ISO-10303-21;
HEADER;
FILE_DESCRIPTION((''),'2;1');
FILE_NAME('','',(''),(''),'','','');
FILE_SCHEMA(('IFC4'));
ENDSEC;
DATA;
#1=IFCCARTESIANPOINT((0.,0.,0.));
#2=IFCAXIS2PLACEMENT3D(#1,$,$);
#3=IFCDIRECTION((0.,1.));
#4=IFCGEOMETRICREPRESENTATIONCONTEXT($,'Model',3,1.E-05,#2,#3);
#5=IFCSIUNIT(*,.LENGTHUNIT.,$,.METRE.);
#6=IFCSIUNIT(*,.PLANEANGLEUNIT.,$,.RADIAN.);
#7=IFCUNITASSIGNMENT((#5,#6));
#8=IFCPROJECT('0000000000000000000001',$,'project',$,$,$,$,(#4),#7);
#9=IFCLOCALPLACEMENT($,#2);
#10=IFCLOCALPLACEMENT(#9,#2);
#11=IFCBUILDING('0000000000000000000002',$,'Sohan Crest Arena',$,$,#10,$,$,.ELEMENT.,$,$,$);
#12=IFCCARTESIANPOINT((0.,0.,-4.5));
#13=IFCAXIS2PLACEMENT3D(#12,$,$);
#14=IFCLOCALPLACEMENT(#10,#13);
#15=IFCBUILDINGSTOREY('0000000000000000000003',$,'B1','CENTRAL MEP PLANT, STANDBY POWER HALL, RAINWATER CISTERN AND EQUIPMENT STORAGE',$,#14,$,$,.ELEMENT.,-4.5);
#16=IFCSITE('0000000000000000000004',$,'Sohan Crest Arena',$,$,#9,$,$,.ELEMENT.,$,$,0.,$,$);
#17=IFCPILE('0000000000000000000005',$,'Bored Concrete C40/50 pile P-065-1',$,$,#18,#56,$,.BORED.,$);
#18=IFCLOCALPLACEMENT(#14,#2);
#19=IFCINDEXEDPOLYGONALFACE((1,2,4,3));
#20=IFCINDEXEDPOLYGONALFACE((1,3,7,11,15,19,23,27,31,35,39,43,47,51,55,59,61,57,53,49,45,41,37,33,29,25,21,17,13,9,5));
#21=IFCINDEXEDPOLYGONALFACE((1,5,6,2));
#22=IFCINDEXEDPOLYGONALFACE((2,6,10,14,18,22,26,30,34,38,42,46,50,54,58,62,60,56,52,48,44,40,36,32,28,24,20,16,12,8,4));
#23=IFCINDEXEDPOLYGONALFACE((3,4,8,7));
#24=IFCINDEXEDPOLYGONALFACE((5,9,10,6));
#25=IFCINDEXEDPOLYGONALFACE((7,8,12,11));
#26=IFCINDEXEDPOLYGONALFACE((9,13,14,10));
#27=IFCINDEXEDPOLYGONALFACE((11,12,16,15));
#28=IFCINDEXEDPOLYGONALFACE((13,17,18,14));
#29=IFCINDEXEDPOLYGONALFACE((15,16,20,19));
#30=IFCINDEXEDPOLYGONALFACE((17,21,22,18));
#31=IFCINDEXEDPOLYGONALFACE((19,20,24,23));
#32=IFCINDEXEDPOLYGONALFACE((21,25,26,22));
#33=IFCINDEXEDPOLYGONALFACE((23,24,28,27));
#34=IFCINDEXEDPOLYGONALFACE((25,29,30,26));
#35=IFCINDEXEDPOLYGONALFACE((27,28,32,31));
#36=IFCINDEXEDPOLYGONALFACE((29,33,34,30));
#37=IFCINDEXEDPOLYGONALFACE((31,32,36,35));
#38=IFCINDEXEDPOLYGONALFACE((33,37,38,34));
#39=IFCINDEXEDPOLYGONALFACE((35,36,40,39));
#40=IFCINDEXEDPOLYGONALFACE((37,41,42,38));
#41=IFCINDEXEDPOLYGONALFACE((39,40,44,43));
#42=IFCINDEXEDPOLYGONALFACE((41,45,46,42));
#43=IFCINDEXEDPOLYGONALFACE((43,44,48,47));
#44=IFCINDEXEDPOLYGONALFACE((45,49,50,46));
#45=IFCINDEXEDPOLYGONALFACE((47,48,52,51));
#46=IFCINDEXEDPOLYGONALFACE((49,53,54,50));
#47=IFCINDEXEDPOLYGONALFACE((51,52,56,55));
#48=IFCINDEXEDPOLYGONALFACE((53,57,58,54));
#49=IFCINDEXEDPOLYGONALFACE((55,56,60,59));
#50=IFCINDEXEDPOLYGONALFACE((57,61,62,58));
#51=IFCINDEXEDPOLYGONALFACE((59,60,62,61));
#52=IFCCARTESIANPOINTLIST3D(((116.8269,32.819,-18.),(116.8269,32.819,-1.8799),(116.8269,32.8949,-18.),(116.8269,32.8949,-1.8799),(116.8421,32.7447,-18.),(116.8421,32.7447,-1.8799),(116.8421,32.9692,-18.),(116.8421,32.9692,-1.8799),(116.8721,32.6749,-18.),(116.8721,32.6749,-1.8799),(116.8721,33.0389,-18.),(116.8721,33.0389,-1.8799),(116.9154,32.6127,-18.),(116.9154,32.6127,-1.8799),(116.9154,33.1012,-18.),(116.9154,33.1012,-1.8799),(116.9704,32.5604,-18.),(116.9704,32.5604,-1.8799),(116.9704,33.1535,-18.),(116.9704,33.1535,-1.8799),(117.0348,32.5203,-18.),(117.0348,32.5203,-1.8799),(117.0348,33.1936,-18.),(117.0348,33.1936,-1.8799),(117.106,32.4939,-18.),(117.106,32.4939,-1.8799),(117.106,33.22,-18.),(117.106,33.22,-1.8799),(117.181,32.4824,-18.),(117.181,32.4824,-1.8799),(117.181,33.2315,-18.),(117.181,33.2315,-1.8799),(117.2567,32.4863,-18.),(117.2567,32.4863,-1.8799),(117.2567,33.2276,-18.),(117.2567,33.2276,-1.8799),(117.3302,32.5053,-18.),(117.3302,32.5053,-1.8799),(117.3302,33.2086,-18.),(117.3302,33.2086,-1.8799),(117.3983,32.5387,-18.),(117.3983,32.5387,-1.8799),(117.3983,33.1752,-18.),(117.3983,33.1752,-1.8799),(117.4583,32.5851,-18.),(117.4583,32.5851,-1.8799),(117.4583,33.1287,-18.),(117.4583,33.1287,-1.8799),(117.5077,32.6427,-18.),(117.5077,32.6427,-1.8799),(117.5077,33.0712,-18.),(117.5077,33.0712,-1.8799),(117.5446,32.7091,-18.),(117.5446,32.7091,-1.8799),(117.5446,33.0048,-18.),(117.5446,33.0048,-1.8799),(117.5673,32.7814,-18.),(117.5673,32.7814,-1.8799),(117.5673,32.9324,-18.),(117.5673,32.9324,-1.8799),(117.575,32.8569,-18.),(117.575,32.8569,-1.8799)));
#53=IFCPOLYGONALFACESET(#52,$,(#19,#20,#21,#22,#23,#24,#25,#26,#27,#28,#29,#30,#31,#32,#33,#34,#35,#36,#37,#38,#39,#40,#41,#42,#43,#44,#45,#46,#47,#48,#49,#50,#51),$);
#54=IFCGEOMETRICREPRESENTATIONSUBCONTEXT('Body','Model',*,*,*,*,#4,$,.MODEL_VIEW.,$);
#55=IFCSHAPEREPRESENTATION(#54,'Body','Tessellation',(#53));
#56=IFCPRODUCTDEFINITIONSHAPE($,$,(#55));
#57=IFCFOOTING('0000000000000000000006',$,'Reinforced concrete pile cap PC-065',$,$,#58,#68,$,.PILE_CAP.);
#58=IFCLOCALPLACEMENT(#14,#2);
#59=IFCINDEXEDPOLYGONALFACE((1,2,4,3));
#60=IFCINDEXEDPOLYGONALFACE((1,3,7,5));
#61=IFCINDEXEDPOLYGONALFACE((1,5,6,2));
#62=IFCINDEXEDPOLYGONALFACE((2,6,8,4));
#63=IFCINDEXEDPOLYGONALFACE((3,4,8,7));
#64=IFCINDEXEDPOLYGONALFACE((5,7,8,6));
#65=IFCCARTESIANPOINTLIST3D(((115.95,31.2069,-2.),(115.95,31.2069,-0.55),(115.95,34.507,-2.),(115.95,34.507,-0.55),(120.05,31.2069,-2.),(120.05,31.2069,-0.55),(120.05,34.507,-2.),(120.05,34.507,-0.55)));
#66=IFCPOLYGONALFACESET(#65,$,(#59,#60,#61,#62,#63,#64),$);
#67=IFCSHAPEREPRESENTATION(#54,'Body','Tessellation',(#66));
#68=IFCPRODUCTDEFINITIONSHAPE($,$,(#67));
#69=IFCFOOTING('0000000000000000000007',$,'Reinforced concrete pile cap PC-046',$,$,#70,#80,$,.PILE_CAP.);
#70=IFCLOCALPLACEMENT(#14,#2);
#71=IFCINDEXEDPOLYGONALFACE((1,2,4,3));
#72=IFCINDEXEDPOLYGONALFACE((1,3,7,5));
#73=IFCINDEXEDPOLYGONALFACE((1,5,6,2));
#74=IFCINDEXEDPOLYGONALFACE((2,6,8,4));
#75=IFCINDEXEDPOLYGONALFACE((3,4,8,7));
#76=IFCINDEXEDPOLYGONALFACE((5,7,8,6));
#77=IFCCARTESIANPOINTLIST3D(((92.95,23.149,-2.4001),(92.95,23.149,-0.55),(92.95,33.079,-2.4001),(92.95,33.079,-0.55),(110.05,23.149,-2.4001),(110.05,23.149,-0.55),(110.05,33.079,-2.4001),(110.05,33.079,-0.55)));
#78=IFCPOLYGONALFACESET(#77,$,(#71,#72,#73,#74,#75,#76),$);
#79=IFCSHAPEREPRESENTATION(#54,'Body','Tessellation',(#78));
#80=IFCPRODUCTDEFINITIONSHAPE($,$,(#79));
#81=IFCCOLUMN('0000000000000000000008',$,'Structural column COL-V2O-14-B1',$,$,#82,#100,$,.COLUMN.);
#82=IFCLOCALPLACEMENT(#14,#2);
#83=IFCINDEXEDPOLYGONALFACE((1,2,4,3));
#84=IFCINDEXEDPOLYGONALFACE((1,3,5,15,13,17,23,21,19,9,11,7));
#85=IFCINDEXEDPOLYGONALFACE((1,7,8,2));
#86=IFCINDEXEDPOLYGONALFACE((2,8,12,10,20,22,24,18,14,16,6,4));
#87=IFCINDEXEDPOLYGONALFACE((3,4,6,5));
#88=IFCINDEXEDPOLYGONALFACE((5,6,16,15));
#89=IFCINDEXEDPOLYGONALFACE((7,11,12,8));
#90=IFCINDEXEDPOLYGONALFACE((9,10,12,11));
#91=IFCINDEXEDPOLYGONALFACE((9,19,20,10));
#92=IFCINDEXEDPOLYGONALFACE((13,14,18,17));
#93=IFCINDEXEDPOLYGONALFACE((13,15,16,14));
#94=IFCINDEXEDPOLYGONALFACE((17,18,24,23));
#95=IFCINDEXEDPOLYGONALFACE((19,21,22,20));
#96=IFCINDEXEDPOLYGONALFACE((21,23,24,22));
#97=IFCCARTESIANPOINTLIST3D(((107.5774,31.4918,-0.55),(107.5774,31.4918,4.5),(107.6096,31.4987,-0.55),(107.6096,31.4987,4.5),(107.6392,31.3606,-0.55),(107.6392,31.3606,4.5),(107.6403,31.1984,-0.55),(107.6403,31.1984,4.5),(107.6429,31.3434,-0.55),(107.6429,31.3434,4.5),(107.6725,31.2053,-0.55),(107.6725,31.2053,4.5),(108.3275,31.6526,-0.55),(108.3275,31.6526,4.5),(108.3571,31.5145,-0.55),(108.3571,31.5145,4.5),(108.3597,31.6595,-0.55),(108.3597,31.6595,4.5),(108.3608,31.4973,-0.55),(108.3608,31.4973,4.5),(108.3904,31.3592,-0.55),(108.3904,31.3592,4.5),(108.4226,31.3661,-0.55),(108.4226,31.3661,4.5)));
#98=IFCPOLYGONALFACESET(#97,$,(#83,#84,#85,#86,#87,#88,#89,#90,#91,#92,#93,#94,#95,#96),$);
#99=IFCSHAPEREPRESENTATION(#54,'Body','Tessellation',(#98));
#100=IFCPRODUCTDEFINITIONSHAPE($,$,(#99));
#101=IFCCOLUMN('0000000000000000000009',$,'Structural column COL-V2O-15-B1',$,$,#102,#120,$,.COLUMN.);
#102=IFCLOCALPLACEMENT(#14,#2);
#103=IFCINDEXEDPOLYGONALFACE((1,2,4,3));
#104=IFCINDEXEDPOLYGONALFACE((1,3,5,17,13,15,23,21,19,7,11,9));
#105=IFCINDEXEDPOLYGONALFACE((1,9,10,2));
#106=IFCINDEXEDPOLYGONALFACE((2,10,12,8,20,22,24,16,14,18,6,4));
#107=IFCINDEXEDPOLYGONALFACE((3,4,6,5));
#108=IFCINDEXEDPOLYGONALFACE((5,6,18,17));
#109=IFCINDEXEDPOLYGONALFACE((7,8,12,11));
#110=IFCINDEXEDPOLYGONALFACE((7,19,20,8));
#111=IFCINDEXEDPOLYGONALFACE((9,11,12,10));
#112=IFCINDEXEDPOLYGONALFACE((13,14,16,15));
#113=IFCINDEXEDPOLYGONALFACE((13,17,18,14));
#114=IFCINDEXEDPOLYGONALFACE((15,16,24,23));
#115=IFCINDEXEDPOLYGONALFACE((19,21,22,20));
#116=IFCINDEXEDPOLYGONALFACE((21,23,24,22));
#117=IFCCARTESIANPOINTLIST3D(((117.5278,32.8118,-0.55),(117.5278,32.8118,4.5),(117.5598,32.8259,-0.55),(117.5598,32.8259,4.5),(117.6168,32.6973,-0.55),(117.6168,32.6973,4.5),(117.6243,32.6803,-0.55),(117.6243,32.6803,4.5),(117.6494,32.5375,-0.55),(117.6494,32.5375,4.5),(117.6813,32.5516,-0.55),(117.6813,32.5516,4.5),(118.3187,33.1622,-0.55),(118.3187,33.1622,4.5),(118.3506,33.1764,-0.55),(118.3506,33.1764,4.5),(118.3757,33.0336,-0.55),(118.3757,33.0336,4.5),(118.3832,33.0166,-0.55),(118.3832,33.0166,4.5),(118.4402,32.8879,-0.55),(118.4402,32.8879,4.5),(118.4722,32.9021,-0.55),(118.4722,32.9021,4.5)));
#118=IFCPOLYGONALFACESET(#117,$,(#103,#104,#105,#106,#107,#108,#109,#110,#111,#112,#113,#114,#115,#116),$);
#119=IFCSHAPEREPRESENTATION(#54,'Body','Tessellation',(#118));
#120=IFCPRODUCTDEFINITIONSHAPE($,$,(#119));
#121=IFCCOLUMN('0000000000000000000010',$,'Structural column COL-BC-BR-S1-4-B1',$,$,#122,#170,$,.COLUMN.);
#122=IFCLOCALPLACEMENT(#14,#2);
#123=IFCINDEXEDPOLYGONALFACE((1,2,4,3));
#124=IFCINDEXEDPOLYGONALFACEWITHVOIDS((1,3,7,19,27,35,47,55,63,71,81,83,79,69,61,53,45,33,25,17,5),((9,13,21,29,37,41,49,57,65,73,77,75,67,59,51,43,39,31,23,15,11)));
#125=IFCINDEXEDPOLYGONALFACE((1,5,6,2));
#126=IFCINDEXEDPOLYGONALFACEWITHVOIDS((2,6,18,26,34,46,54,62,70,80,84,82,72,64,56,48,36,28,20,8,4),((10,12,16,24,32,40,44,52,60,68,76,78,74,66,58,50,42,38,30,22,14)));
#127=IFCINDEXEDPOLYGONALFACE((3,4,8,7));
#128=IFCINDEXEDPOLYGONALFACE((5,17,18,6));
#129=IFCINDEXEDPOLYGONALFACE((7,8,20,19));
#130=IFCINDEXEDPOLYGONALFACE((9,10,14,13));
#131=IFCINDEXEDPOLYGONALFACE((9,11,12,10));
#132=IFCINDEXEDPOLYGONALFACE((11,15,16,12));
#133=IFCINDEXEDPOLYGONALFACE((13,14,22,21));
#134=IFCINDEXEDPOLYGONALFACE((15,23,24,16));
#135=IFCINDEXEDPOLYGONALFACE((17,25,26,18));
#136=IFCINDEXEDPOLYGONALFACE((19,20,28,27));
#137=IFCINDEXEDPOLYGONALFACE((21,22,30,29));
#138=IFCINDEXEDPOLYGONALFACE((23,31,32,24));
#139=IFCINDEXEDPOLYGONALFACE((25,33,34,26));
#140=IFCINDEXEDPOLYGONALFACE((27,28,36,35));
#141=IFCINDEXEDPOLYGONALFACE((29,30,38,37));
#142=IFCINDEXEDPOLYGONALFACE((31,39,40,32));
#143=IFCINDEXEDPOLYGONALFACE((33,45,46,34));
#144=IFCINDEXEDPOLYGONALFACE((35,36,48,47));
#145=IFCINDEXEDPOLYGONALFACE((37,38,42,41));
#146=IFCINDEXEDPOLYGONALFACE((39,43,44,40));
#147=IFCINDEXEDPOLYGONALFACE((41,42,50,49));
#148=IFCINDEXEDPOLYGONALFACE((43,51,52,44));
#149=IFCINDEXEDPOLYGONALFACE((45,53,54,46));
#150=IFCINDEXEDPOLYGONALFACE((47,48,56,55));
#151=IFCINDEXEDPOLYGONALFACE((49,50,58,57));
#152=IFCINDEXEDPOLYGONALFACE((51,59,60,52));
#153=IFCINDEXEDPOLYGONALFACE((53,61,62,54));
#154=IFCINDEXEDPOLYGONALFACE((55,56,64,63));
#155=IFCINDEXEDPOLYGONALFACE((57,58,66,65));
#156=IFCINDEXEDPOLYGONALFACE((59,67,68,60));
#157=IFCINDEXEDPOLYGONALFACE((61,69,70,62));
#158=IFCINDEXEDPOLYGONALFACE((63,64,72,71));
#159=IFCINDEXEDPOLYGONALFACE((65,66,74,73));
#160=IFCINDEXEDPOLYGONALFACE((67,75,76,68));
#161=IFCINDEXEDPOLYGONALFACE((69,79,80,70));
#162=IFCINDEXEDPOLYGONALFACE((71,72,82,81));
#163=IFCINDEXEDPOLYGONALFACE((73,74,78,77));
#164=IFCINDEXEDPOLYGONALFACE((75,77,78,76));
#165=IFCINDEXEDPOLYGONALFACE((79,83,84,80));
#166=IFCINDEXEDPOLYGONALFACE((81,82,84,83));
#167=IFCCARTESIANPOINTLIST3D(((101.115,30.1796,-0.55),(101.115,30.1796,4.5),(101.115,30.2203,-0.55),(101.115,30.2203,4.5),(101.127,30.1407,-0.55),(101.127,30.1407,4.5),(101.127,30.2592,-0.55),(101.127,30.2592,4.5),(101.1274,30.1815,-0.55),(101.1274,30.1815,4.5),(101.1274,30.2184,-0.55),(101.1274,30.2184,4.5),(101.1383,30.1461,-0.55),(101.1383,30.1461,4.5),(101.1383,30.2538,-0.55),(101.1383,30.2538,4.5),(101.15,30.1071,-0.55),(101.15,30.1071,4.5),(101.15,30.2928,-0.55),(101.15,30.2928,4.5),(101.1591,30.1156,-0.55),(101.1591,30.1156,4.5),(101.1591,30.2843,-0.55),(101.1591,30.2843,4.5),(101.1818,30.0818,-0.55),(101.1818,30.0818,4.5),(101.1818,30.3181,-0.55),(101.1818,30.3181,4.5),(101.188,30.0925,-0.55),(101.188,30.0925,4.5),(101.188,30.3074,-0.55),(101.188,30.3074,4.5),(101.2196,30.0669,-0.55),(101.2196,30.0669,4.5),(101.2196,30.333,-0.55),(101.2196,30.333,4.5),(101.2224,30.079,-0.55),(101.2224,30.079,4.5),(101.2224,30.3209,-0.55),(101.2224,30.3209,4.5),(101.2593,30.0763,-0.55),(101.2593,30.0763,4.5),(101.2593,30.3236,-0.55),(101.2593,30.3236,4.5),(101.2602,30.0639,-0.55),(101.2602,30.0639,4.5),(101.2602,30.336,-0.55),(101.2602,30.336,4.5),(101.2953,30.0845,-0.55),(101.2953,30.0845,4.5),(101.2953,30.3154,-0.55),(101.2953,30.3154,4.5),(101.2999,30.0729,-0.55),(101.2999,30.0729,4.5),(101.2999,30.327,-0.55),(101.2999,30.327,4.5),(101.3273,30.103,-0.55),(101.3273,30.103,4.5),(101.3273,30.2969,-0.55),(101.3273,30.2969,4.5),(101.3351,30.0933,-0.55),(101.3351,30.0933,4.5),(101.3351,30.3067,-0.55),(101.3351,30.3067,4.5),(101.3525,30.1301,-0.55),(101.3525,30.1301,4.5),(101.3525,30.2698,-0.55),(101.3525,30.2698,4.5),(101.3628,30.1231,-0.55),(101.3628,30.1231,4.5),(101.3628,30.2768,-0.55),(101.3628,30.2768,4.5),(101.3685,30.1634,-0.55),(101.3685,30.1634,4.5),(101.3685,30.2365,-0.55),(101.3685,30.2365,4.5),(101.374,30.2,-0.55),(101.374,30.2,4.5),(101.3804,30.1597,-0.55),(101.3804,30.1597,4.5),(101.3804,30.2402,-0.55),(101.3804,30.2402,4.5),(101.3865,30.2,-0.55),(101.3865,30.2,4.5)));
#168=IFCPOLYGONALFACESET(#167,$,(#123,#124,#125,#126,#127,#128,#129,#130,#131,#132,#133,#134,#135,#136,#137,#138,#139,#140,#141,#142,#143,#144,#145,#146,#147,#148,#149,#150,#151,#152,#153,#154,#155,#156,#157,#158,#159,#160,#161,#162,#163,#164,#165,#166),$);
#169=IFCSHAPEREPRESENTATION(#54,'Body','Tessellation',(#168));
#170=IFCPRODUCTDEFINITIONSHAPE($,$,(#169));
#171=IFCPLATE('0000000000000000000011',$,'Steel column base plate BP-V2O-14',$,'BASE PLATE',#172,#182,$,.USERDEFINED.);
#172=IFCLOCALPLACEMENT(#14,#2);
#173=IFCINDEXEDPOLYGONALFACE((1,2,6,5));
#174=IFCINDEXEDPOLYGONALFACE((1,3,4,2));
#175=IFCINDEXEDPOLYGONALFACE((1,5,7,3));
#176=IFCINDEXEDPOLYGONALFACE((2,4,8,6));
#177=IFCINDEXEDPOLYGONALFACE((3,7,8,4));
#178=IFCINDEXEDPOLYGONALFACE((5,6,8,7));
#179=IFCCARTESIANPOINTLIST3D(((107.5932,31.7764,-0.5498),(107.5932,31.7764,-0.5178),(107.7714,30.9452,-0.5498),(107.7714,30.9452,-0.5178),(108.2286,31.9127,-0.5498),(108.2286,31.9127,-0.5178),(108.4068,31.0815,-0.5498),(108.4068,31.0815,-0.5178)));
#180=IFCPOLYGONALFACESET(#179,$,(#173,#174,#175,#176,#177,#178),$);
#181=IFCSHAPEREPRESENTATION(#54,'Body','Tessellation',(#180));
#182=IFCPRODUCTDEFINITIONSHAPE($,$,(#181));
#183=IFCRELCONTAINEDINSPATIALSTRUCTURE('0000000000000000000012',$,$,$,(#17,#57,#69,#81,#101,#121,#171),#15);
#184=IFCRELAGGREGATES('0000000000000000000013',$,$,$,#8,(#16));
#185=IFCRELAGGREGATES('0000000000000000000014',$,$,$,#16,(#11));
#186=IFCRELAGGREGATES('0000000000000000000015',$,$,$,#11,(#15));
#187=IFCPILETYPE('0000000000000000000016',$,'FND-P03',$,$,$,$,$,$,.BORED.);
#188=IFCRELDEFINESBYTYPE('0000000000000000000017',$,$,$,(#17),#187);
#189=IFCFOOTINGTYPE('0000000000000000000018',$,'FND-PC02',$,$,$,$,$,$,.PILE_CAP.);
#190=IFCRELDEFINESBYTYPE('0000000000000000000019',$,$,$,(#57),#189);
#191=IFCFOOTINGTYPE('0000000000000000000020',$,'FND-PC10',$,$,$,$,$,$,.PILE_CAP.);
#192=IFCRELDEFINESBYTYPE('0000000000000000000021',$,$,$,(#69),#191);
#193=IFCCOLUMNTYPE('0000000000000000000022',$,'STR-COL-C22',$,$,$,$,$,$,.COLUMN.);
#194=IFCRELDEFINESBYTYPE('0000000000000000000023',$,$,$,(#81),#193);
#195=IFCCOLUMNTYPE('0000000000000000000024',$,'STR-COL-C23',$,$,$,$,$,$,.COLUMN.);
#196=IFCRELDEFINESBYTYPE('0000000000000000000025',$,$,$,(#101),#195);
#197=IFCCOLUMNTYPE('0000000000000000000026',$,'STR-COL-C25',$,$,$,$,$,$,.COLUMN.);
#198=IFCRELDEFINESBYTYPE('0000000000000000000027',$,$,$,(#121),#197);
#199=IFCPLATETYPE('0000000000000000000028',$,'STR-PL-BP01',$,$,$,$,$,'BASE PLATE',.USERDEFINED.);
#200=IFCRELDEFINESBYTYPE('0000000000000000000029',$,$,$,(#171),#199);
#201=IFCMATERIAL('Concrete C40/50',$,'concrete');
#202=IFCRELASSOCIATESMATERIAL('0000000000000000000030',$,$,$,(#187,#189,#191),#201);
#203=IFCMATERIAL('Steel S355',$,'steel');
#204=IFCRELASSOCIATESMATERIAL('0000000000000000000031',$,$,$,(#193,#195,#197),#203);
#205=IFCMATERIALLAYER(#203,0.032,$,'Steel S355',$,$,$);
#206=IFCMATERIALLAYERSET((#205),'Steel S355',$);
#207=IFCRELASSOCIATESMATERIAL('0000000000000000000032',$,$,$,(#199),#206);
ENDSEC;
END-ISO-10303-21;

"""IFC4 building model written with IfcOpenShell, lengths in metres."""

from ifc_helpers import new_model, si_unit, direction, frame, origin, origin_2d, place, context, subcontext, project, spatial, rectangle, circle, hollow_circle, i_section, extrude, material, layer, layer_set, material_profile, profile_set, type_object, element, save


model = new_model("IFC4")

# Units and contexts
model_context = context("Model", 3, precision=1e-05, world=origin(), true_north=direction((0.0, 1.0)))
body_context = subcontext(model_context, "Body", "Model", "MODEL_VIEW")
ifc_project = project(units=[si_unit("LENGTHUNIT", "METRE"), si_unit("PLANEANGLEUNIT", "RADIAN")], contexts=[model_context])

# Site, building, storey
site_placement = place(None, origin())
site = spatial("IfcSite", under=ifc_project, at=site_placement, Name="Sohan Crest Arena", CompositionType="ELEMENT", RefElevation=0.0)
building_placement = place(site_placement, origin())
building = spatial("IfcBuilding", under=site, at=building_placement, Name="Sohan Crest Arena", CompositionType="ELEMENT")
storey_placement = place(building_placement, frame((0.0, 0.0, -4.5)))
storey = spatial("IfcBuildingStorey", under=building, at=storey_placement, Name="B1", Description="CENTRAL MEP PLANT, STANDBY POWER HALL, RAINWATER CISTERN AND EQUIPMENT STORAGE", CompositionType="ELEMENT", Elevation=-4.5)

# Pile
ifc_material_1 = material(Name="Concrete C40/50", Category="concrete")
ifc_material_profile_1 = material_profile(ifc_material_1, circle(Radius=0.375, at=origin_2d()), Name="PILE D750")
ifc_profile_set_1 = profile_set([ifc_material_profile_1], Name="Concrete C40/50")
pile_type_1 = type_object("IfcPileType", Name="FND-P03", PredefinedType="BORED", material=ifc_profile_set_1)
pile_placement = place(storey_placement, frame((117.2, 32.8569, -18.0), z_axis=(0.0, 0.0, 1.0), x_axis=(1.0, 0.0, 0.0)))
element("IfcPile", 1, at=pile_placement, inside=storey, type_object=pile_type_1, Name="Bored Concrete C40/50 pile P-065-1", PredefinedType="BORED", context=body_context, shape_type="SweptSolid", body=[
    extrude(circle(Radius=0.375, at=origin_2d()), origin(), (0.0, 0.0, 1.0), 16.1201),
])

# Footings
footing_type_1 = type_object("IfcFootingType", Name="FND-PC02", PredefinedType="PILE_CAP", material=ifc_material_1)
footing_1_placement = place(storey_placement, frame((118.0, 32.8569, -2.0), z_axis=(0.0, 0.0, 1.0), x_axis=(1.0, 0.0, 0.0)))
element("IfcFooting", 2, at=footing_1_placement, inside=storey, type_object=footing_type_1, Name="Reinforced concrete pile cap PC-065", PredefinedType="PILE_CAP", context=body_context, shape_type="SweptSolid", body=[
    extrude(rectangle(XDim=4.1001, YDim=3.3, at=origin_2d()), origin(), (0.0, 0.0, 1.0), 1.45),
])
footing_type_2 = type_object("IfcFootingType", Name="FND-PC10", PredefinedType="PILE_CAP", material=ifc_material_1)
footing_2_placement = place(storey_placement, frame((101.5, 28.114, -2.4001), z_axis=(0.0, 0.0, 1.0), x_axis=(1.0, 0.0, 0.0)))
element("IfcFooting", 3, at=footing_2_placement, inside=storey, type_object=footing_type_2, Name="Reinforced concrete pile cap PC-046", PredefinedType="PILE_CAP", context=body_context, shape_type="SweptSolid", body=[
    extrude(rectangle(XDim=17.1001, YDim=9.9299, at=origin_2d()), origin(), (0.0, 0.0, 1.0), 1.8501),
])

# Columns
ifc_material_2 = material(Name="Steel S355", Category="steel")
ifc_material_profile_2 = material_profile(ifc_material_2, i_section(OverallWidth=0.3, OverallDepth=0.8, WebThickness=0.0176, FlangeThickness=0.033, at=origin_2d()), Name="HEB 800")
ifc_profile_set_2 = profile_set([ifc_material_profile_2], Name="Steel S355")
column_type_1 = type_object("IfcColumnType", Name="STR-COL-C22", PredefinedType="COLUMN", material=ifc_profile_set_2)
column_1_placement = place(storey_placement, frame((108.0, 31.429, -0.55), z_axis=(0.0, 0.0, 1.0), x_axis=(-0.209619, 0.977783, 0.0)))
element("IfcColumn", 4, at=column_1_placement, inside=storey, type_object=column_type_1, Name="Structural column COL-V2O-14-B1", PredefinedType="COLUMN", context=body_context, shape_type="SweptSolid", body=[
    extrude(i_section(OverallWidth=0.3, OverallDepth=0.8, WebThickness=0.0176, FlangeThickness=0.033, at=origin_2d()), origin(), (0.0, 0.0, 1.0), 5.05),
])
ifc_material_profile_3 = material_profile(ifc_material_2, i_section(OverallWidth=0.3, OverallDepth=0.8999, WebThickness=0.0186, FlangeThickness=0.0349, at=origin_2d()), Name="HEB 900")
ifc_profile_set_3 = profile_set([ifc_material_profile_3], Name="Steel S355")
column_type_2 = type_object("IfcColumnType", Name="STR-COL-C23", PredefinedType="COLUMN", material=ifc_profile_set_3)
column_2_placement = place(storey_placement, frame((118.0, 32.8569, -0.55), z_axis=(0.0, 0.0, 1.0), x_axis=(-0.405142, 0.914254, 0.0)))
element("IfcColumn", 5, at=column_2_placement, inside=storey, type_object=column_type_2, Name="Structural column COL-V2O-15-B1", PredefinedType="COLUMN", context=body_context, shape_type="SweptSolid", body=[
    extrude(i_section(OverallWidth=0.3, OverallDepth=0.8999, WebThickness=0.0186, FlangeThickness=0.0349, at=origin_2d()), origin(), (0.0, 0.0, 1.0), 5.05),
])
ifc_material_profile_4 = material_profile(ifc_material_2, hollow_circle(Radius=0.1365, WallThickness=0.0125, at=origin_2d()), Name="CHS 273x12.5")
ifc_profile_set_4 = profile_set([ifc_material_profile_4], Name="Steel S355")
column_type_3 = type_object("IfcColumnType", Name="STR-COL-C25", PredefinedType="COLUMN", material=ifc_profile_set_4)
column_3_placement = place(storey_placement, frame((101.25, 30.2, -0.55), z_axis=(0.0, 0.0, 1.0), x_axis=(1.0, 0.0, 0.0)))
element("IfcColumn", 6, at=column_3_placement, inside=storey, type_object=column_type_3, Name="Structural column COL-BC-BR-S1-4-B1", PredefinedType="COLUMN", context=body_context, shape_type="SweptSolid", body=[
    extrude(hollow_circle(Radius=0.1365, WallThickness=0.0125, at=origin_2d()), origin(), (0.0, 0.0, 1.0), 5.05),
])

# Plate
ifc_layer_1 = layer(ifc_material_2, 0.032, Name="Steel S355")
ifc_layer_set_1 = layer_set([ifc_layer_1], Name="Steel S355")
plate_type_1 = type_object("IfcPlateType", Name="STR-PL-BP01", ElementType="BASE PLATE", PredefinedType="USERDEFINED", material=ifc_layer_set_1)
plate_1_placement = place(storey_placement, frame((108.0, 31.429, -0.5498), z_axis=(0.0, 0.0, 1.0), x_axis=(-0.209619, 0.977783, 0.0)))
element("IfcPlate", 7, at=plate_1_placement, inside=storey, type_object=plate_type_1, Name="Steel column base plate BP-V2O-14", ObjectType="BASE PLATE", PredefinedType="USERDEFINED", context=body_context, shape_type="SweptSolid", body=[
    extrude(rectangle(XDim=0.8501, YDim=0.6499, at=origin_2d()), origin(), (0.0, 0.0, 1.0), 0.032),
])

save(model, "model.ifc")
